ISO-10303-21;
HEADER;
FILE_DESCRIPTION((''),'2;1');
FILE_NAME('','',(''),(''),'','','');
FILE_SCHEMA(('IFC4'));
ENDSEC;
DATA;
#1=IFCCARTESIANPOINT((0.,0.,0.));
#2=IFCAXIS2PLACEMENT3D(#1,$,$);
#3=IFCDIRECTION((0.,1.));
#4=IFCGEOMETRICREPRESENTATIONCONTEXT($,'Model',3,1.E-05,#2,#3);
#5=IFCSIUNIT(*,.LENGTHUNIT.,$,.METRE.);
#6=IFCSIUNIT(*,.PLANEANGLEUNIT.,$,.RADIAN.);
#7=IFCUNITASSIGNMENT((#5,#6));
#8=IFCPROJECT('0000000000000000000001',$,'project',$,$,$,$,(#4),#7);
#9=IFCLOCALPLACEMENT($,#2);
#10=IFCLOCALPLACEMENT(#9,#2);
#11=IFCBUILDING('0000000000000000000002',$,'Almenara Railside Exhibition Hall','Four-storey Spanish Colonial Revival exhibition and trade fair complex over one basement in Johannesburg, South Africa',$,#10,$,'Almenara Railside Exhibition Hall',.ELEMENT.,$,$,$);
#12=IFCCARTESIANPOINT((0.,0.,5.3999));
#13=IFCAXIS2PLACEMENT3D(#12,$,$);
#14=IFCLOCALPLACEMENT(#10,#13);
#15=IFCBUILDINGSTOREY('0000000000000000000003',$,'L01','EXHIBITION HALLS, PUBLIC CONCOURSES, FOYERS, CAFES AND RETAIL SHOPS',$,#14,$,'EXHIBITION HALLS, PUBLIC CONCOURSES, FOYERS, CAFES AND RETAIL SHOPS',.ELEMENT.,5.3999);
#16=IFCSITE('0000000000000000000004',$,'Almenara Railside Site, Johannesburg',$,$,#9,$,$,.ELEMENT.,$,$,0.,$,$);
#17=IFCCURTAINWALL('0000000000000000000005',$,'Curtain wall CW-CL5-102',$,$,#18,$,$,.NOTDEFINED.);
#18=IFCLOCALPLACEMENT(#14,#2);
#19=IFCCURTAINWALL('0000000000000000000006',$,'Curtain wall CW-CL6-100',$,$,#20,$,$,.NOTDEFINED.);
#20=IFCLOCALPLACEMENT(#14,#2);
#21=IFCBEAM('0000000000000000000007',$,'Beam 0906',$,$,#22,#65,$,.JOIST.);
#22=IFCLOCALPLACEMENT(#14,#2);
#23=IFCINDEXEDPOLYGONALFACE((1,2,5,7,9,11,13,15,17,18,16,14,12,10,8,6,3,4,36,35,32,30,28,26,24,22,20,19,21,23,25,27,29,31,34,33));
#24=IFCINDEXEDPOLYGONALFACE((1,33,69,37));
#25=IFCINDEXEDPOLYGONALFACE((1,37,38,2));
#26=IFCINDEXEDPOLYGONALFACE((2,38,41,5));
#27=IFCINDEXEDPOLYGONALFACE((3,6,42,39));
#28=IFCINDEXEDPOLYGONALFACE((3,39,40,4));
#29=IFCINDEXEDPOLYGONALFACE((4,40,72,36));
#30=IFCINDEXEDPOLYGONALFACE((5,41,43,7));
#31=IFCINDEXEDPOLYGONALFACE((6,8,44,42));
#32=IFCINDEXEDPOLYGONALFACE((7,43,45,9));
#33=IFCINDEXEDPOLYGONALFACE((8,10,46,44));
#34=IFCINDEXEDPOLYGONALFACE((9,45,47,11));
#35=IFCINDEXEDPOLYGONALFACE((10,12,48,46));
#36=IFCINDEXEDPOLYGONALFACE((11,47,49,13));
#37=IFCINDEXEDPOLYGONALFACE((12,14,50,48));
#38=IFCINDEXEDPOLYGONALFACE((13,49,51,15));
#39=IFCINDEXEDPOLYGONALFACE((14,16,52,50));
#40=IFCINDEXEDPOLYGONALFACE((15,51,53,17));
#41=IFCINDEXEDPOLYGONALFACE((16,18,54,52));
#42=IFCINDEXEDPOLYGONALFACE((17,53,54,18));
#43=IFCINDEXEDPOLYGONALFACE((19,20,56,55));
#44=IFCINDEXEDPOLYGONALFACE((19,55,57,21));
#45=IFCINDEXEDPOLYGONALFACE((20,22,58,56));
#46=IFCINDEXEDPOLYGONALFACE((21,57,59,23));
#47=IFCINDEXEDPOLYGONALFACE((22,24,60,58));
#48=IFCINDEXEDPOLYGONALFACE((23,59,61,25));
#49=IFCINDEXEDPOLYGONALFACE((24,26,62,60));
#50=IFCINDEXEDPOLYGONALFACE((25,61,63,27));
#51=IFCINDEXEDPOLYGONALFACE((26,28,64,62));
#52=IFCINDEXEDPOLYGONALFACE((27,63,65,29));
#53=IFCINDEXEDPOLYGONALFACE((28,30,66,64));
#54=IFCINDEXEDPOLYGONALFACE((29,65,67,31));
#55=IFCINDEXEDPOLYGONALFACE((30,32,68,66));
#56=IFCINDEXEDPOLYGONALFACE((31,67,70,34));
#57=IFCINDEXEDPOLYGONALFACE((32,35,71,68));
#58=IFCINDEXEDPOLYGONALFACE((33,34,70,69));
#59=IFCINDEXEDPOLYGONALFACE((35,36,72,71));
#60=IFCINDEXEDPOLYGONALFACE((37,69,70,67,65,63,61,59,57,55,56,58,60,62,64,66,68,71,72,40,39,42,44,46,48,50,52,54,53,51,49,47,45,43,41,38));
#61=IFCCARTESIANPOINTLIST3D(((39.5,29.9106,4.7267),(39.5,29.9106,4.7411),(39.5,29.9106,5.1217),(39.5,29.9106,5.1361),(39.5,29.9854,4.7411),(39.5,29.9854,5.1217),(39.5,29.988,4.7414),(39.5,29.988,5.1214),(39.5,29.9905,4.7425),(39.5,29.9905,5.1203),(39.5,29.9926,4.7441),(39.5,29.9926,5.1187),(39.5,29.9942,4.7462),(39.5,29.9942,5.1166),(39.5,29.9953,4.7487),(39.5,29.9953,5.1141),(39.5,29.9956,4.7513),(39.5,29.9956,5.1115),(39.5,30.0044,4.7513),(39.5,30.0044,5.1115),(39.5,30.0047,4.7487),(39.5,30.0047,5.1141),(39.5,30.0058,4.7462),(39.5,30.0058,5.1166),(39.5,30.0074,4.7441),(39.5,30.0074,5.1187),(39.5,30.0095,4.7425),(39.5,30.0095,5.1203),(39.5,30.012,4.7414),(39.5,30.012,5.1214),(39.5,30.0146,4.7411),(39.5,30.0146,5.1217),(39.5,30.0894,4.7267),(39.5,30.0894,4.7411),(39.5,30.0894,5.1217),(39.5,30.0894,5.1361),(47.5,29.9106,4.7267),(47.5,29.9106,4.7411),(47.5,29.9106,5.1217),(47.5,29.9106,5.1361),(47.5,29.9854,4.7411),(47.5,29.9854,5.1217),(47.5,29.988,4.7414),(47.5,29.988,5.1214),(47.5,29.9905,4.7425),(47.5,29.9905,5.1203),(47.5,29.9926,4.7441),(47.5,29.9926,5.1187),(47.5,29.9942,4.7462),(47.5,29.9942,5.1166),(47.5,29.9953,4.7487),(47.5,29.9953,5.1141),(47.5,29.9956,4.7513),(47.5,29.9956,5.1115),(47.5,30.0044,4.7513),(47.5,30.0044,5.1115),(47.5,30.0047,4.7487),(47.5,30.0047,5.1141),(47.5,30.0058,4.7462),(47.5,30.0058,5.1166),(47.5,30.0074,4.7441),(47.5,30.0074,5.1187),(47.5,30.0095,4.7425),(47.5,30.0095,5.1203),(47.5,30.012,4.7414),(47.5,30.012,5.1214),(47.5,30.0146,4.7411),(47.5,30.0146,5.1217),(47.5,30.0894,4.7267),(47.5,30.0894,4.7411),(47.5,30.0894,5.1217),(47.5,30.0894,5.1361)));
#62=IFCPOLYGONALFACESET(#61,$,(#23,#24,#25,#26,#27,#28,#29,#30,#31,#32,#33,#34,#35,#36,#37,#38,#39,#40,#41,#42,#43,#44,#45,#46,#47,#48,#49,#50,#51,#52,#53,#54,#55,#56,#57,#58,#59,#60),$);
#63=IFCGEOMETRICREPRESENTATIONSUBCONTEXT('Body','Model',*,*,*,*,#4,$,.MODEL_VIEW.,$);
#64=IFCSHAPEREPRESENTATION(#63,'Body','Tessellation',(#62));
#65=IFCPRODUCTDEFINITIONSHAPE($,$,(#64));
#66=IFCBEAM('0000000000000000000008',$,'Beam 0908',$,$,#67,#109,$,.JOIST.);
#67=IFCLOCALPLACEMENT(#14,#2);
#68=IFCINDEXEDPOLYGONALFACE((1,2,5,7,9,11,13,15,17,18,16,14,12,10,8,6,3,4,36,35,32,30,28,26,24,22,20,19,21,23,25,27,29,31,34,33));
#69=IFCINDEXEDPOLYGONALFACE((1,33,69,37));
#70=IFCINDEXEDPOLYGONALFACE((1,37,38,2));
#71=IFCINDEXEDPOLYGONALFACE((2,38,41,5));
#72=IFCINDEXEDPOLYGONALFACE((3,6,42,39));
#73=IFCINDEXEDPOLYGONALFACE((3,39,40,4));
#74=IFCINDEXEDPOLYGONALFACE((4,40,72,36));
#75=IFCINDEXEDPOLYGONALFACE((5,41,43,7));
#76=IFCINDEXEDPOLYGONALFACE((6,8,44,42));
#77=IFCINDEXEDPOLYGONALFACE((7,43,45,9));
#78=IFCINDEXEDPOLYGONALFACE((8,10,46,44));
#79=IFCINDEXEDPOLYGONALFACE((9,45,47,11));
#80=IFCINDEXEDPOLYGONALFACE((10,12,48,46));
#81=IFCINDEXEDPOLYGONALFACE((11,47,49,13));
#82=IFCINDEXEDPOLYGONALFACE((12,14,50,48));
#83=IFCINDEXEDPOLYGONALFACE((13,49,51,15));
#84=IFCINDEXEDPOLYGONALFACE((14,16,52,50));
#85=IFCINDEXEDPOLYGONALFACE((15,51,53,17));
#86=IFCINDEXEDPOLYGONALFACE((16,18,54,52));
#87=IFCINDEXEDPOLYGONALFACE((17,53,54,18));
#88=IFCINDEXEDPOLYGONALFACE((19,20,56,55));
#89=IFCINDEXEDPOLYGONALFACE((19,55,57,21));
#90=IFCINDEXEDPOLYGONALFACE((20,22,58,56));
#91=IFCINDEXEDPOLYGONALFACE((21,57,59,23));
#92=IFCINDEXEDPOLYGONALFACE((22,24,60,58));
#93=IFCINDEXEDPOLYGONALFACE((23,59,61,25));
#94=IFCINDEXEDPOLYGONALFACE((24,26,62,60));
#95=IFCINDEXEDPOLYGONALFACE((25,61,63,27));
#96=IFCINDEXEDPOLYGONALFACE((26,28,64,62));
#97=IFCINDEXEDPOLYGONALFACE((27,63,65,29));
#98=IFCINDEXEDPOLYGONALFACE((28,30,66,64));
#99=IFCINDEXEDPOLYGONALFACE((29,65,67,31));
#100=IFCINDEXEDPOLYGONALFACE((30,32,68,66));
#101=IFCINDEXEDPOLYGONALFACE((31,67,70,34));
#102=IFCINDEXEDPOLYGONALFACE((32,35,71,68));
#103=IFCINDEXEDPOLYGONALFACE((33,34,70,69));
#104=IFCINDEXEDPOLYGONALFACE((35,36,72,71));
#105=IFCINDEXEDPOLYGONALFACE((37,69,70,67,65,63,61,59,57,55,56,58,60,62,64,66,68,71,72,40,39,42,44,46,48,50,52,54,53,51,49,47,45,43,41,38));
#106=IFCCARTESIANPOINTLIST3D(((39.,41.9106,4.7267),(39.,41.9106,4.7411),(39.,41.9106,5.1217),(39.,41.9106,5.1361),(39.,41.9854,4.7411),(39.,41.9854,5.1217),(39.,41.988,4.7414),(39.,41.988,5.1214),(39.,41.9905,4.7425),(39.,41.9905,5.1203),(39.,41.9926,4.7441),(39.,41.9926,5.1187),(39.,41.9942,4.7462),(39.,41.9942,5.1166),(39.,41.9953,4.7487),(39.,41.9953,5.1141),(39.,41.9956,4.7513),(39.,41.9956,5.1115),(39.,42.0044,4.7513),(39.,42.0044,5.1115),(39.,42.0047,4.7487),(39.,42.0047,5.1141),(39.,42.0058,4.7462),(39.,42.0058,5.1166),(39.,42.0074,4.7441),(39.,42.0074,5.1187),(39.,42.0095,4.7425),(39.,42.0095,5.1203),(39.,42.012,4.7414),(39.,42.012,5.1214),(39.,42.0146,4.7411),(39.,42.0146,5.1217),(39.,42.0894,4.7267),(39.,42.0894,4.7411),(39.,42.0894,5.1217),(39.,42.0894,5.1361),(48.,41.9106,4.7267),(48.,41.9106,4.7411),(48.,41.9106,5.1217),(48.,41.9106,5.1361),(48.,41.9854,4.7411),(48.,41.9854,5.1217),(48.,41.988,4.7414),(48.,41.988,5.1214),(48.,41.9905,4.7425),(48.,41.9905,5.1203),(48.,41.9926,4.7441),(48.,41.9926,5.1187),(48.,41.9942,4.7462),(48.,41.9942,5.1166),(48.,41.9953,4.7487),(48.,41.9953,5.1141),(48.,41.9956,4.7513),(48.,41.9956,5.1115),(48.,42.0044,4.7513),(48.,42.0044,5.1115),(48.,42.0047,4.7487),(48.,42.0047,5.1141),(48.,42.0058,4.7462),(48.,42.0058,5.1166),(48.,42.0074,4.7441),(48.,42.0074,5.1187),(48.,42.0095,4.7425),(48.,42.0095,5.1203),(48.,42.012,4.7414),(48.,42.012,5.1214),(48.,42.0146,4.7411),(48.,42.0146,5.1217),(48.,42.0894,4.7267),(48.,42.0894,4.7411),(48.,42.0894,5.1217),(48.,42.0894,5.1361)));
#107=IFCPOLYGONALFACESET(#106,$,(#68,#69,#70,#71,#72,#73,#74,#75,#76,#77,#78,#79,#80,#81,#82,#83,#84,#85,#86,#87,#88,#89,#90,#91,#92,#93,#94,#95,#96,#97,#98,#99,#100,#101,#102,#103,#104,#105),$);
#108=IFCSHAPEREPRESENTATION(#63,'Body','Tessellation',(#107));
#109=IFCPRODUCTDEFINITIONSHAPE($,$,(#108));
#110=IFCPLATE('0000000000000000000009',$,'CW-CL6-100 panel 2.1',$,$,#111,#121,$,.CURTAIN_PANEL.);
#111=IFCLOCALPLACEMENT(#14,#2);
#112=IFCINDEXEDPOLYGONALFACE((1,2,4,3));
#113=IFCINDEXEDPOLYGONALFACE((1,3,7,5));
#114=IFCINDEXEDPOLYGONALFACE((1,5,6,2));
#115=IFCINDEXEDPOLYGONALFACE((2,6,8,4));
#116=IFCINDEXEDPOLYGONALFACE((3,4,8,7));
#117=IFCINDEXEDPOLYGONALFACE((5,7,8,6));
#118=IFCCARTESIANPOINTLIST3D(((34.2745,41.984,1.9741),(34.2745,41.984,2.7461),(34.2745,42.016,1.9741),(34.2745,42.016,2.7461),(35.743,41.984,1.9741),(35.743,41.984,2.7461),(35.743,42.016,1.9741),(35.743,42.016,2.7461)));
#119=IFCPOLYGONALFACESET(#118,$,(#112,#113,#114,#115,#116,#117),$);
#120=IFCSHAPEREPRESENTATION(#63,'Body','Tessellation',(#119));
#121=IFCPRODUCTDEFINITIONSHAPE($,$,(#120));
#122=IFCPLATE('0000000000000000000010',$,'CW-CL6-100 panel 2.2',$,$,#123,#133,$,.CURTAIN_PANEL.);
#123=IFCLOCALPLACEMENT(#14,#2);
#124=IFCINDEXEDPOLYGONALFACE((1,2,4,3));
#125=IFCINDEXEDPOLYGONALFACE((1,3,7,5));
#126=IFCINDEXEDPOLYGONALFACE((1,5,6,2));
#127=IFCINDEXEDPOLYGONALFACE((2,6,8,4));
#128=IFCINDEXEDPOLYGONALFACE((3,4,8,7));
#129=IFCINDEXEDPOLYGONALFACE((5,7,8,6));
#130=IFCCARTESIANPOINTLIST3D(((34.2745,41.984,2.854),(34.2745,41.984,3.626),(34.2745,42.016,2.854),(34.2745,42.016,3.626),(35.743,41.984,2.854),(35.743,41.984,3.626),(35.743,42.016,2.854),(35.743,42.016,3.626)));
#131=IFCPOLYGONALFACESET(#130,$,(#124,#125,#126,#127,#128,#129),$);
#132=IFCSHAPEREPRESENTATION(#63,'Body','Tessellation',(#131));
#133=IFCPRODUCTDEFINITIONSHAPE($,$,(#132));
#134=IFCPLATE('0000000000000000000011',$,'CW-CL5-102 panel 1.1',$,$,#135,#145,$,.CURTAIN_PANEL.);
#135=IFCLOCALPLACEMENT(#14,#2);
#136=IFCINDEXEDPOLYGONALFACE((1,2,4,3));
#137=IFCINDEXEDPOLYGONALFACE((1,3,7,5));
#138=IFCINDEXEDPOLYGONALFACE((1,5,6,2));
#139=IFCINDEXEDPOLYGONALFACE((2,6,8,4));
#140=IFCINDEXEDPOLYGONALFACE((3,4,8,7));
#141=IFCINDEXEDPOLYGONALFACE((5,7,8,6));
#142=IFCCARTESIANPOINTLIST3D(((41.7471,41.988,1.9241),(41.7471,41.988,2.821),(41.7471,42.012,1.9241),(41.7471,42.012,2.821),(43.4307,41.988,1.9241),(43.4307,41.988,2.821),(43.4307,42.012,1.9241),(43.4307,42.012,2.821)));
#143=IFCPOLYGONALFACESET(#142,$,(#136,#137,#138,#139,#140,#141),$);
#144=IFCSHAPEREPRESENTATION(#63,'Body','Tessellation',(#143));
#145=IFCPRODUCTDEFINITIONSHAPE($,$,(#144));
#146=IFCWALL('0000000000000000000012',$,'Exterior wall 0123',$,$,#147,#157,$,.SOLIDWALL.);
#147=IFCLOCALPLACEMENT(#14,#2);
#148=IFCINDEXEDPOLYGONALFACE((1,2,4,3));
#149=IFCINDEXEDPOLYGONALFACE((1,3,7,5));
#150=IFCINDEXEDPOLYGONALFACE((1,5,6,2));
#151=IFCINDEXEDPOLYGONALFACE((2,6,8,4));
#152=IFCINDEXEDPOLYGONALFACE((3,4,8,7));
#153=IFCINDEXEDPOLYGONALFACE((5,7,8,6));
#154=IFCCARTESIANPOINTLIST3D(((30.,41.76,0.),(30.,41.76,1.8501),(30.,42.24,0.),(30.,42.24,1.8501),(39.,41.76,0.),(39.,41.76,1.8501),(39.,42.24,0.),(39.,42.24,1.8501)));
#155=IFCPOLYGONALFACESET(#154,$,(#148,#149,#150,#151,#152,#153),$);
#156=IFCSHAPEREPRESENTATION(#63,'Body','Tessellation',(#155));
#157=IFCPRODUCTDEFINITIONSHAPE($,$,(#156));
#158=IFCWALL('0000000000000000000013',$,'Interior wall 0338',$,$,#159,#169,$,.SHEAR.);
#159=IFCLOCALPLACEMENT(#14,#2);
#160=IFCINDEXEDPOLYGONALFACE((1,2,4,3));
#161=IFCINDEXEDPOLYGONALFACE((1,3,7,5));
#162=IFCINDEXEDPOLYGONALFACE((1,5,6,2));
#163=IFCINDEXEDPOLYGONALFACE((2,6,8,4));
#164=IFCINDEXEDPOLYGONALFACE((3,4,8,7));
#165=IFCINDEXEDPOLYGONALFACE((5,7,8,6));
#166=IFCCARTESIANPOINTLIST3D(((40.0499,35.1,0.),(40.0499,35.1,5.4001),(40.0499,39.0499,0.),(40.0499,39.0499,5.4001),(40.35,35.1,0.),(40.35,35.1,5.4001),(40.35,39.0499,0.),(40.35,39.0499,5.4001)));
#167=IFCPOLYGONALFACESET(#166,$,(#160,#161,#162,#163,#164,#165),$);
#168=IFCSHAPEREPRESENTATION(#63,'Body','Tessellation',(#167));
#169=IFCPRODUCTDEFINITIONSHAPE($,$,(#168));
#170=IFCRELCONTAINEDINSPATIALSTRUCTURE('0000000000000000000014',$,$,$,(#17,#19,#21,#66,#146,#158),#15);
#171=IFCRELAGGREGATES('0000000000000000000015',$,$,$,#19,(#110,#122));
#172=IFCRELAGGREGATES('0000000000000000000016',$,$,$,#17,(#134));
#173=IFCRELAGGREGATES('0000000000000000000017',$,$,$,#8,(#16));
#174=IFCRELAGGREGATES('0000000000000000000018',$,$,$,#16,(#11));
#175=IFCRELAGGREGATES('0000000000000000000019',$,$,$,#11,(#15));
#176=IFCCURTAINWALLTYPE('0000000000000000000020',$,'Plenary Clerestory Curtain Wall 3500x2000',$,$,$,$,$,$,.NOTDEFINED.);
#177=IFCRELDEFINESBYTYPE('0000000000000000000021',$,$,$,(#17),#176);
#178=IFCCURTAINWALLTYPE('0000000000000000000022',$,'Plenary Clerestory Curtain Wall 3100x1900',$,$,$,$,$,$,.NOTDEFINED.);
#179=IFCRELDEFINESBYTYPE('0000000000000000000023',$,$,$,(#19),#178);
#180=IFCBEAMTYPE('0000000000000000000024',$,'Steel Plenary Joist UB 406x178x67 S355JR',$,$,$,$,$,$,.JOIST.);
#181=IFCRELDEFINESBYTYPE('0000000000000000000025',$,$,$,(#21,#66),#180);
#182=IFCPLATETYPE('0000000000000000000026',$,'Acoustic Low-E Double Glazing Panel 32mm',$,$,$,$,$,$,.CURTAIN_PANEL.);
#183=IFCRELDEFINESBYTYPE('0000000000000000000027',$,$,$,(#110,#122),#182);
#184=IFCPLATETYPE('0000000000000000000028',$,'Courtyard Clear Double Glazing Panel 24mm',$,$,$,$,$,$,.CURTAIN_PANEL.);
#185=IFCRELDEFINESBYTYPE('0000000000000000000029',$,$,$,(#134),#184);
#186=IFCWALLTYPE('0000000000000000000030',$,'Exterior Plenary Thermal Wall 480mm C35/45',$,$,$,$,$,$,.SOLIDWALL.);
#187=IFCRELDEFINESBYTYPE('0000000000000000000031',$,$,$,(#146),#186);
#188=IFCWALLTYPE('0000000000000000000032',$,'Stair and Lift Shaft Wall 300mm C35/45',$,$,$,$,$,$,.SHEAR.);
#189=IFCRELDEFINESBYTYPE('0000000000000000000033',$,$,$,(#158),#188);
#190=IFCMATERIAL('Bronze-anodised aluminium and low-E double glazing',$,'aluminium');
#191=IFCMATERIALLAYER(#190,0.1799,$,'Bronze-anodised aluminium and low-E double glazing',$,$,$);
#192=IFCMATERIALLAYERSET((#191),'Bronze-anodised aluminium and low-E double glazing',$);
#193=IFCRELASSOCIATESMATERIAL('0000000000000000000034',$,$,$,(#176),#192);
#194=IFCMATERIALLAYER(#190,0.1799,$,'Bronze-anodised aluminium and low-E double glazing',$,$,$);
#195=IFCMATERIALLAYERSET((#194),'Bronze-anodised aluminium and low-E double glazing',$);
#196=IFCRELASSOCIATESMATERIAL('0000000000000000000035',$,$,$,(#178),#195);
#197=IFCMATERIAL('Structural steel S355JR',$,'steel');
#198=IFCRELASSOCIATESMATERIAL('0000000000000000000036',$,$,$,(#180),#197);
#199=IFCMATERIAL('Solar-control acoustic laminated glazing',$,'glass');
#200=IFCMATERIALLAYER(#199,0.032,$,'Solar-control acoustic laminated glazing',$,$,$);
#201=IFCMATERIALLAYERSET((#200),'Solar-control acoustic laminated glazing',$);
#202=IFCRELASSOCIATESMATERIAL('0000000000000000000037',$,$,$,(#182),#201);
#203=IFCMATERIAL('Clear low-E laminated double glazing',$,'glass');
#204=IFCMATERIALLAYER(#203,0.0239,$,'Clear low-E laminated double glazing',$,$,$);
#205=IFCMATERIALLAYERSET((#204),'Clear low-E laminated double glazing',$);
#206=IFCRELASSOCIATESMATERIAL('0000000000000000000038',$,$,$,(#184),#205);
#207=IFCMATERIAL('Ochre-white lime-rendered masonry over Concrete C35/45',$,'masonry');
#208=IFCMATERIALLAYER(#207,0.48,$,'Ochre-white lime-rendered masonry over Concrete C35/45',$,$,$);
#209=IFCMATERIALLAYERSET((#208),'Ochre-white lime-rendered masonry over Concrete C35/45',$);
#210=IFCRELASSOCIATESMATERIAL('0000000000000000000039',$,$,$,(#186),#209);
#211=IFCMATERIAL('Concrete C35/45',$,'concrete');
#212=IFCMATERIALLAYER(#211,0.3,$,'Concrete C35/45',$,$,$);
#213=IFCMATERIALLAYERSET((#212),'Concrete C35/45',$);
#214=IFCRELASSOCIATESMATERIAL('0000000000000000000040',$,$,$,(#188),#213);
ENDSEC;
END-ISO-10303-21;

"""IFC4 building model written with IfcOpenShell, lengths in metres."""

from ifc_helpers import new_model, si_unit, direction, frame, frame_2d, origin, origin_2d, place, context, subcontext, project, spatial, rectangle, i_section, extrude, material, layer, layer_set, material_profile, profile_set, type_object, element, aggregate, save


model = new_model("IFC4")

# Units and contexts
model_context = context("Model", 3, precision=1e-05, world=origin(), true_north=direction((0.0, 1.0)))
body_context = subcontext(model_context, "Body", "Model", "MODEL_VIEW")
ifc_project = project(units=[si_unit("LENGTHUNIT", "METRE"), si_unit("PLANEANGLEUNIT", "RADIAN")], contexts=[model_context])

# Site, building, storey
site_placement = place(None, origin())
site = spatial("IfcSite", under=ifc_project, at=site_placement, Name="Almenara Railside Site, Johannesburg", CompositionType="ELEMENT", RefElevation=0.0)
building_placement = place(site_placement, origin())
building = spatial("IfcBuilding", under=site, at=building_placement, Name="Almenara Railside Exhibition Hall", Description="Four-storey Spanish Colonial Revival exhibition and trade fair complex over one basement in Johannesburg, South Africa", LongName="Almenara Railside Exhibition Hall", CompositionType="ELEMENT")
storey_placement = place(building_placement, frame((0.0, 0.0, 5.3999)))
storey = spatial("IfcBuildingStorey", under=building, at=storey_placement, Name="L01", Description="EXHIBITION HALLS, PUBLIC CONCOURSES, FOYERS, CAFES AND RETAIL SHOPS", LongName="EXHIBITION HALLS, PUBLIC CONCOURSES, FOYERS, CAFES AND RETAIL SHOPS", CompositionType="ELEMENT", Elevation=5.3999)

# Shared definitions
ifc_material_1 = material(Name="Concrete C35/45", Category="concrete")

# Curtain walls
ifc_material_2 = material(Name="Bronze-anodised aluminium and low-E double glazing", Category="aluminium")
ifc_layer_1 = layer(ifc_material_2, 0.1799, Name="Bronze-anodised aluminium and low-E double glazing")
ifc_layer_set_1 = layer_set([ifc_layer_1], Name="Bronze-anodised aluminium and low-E double glazing")
curtain_wall_type_1 = type_object("IfcCurtainWallType", Name="Plenary Clerestory Curtain Wall 3500x2000", PredefinedType="NOTDEFINED", material=ifc_layer_set_1)
curtain_wall_1_placement = place(storey_placement, origin())
curtain_wall_1 = element("IfcCurtainWall", 1, at=curtain_wall_1_placement, inside=storey, type_object=curtain_wall_type_1, Name="Curtain wall CW-CL5-102", PredefinedType="NOTDEFINED")
ifc_layer_2 = layer(ifc_material_2, 0.1799, Name="Bronze-anodised aluminium and low-E double glazing")
ifc_layer_set_2 = layer_set([ifc_layer_2], Name="Bronze-anodised aluminium and low-E double glazing")
curtain_wall_type_2 = type_object("IfcCurtainWallType", Name="Plenary Clerestory Curtain Wall 3100x1900", PredefinedType="NOTDEFINED", material=ifc_layer_set_2)
curtain_wall_2_placement = place(storey_placement, origin())
curtain_wall_2 = element("IfcCurtainWall", 2, at=curtain_wall_2_placement, inside=storey, type_object=curtain_wall_type_2, Name="Curtain wall CW-CL6-100", PredefinedType="NOTDEFINED")

# Beams
ifc_material_3 = material(Name="Structural steel S355JR", Category="steel")
ifc_material_profile_1 = material_profile(ifc_material_3, i_section(OverallWidth=0.1787, OverallDepth=0.4094, WebThickness=0.0088, FlangeThickness=0.0144, FilletRadius=0.0103, at=origin_2d()), Name="UB 406x178x67")
ifc_profile_set_1 = profile_set([ifc_material_profile_1], Name="Structural steel S355JR")
beam_type_1 = type_object("IfcBeamType", Name="Steel Plenary Joist UB 406x178x67 S355JR", PredefinedType="JOIST", material=ifc_profile_set_1)
beam_1_placement = place(storey_placement, frame((39.5, 30.0, 4.9314), z_axis=(1.0, 0.0, 0.0), x_axis=(0.0, 1.0, 0.0)))
element("IfcBeam", 3, at=beam_1_placement, inside=storey, type_object=beam_type_1, Name="Beam 0906", PredefinedType="JOIST", context=body_context, shape_type="SweptSolid", body=[
    extrude(i_section(OverallWidth=0.1787, OverallDepth=0.4094, WebThickness=0.0088, FlangeThickness=0.0144, FilletRadius=0.0103, at=origin_2d()), origin(), (0.0, 0.0, 1.0), 8.0),
])
beam_2_placement = place(storey_placement, frame((39.0, 42.0, 4.9314), z_axis=(1.0, 0.0, 0.0), x_axis=(0.0, 1.0, 0.0)))
element("IfcBeam", 4, at=beam_2_placement, inside=storey, type_object=beam_type_1, Name="Beam 0908", PredefinedType="JOIST", context=body_context, shape_type="SweptSolid", body=[
    extrude(i_section(OverallWidth=0.1787, OverallDepth=0.4094, WebThickness=0.0088, FlangeThickness=0.0144, FilletRadius=0.0103, at=origin_2d()), origin(), (0.0, 0.0, 1.0), 9.0),
])

# Plates
ifc_material_4 = material(Name="Solar-control acoustic laminated glazing", Category="glass")
ifc_layer_3 = layer(ifc_material_4, 0.032, Name="Solar-control acoustic laminated glazing")
ifc_layer_set_3 = layer_set([ifc_layer_3], Name="Solar-control acoustic laminated glazing")
plate_type_1 = type_object("IfcPlateType", Name="Acoustic Low-E Double Glazing Panel 32mm", PredefinedType="CURTAIN_PANEL", material=ifc_layer_set_3)
plate_1_placement = place(storey_placement, frame((35.0088, 42.0, 1.9741), z_axis=(0.0, 0.0, 1.0), x_axis=(1.0, 0.0, 0.0)))
plate_1 = element("IfcPlate", 5, at=plate_1_placement, type_object=plate_type_1, Name="CW-CL6-100 panel 2.1", PredefinedType="CURTAIN_PANEL", context=body_context, shape_type="SweptSolid", body=[
    extrude(rectangle(XDim=1.4685, YDim=0.032, at=origin_2d()), origin(), (0.0, 0.0, 1.0), 0.772),
])
plate_2_placement = place(storey_placement, frame((35.0088, 42.0, 2.854), z_axis=(0.0, 0.0, 1.0), x_axis=(1.0, 0.0, 0.0)))
plate_2 = element("IfcPlate", 6, at=plate_2_placement, type_object=plate_type_1, Name="CW-CL6-100 panel 2.2", PredefinedType="CURTAIN_PANEL", context=body_context, shape_type="SweptSolid", body=[
    extrude(rectangle(XDim=1.4685, YDim=0.032, at=origin_2d()), origin(), (0.0, 0.0, 1.0), 0.772),
])
aggregate(curtain_wall_2, [plate_1, plate_2])
ifc_material_5 = material(Name="Clear low-E laminated double glazing", Category="glass")
ifc_layer_4 = layer(ifc_material_5, 0.0239, Name="Clear low-E laminated double glazing")
ifc_layer_set_4 = layer_set([ifc_layer_4], Name="Clear low-E laminated double glazing")
plate_type_2 = type_object("IfcPlateType", Name="Courtyard Clear Double Glazing Panel 24mm", PredefinedType="CURTAIN_PANEL", material=ifc_layer_set_4)
plate_3_placement = place(storey_placement, frame((42.5889, 42.0, 1.9241), z_axis=(0.0, 0.0, 1.0), x_axis=(1.0, 0.0, 0.0)))
plate_3 = element("IfcPlate", 7, at=plate_3_placement, type_object=plate_type_2, Name="CW-CL5-102 panel 1.1", PredefinedType="CURTAIN_PANEL", context=body_context, shape_type="SweptSolid", body=[
    extrude(rectangle(XDim=1.6836, YDim=0.0239, at=origin_2d()), origin(), (0.0, 0.0, 1.0), 0.897),
])
aggregate(curtain_wall_1, [plate_3])

# Wall
ifc_material_6 = material(Name="Ochre-white lime-rendered masonry over Concrete C35/45", Category="masonry")
ifc_layer_5 = layer(ifc_material_6, 0.48, Name="Ochre-white lime-rendered masonry over Concrete C35/45")
ifc_layer_set_5 = layer_set([ifc_layer_5], Name="Ochre-white lime-rendered masonry over Concrete C35/45")
wall_type_1 = type_object("IfcWallType", Name="Exterior Plenary Thermal Wall 480mm C35/45", PredefinedType="SOLIDWALL", material=ifc_layer_set_5)
wall_1_placement = place(storey_placement, frame((39.0, 42.0, 0.0), z_axis=(0.0, 0.0, 1.0), x_axis=(-1.0, 0.0, 0.0)))
element("IfcWall", 8, at=wall_1_placement, inside=storey, type_object=wall_type_1, Name="Exterior wall 0123", PredefinedType="SOLIDWALL", context=body_context, shape_type="SweptSolid", body=[
    extrude(rectangle(XDim=9.0, YDim=0.48, at=frame_2d((4.5, 0.0))), origin(), (0.0, 0.0, 1.0), 1.8501),
])

# Shared definitions
ifc_layer_6 = layer(ifc_material_1, 0.3, Name="Concrete C35/45")
ifc_layer_set_6 = layer_set([ifc_layer_6], Name="Concrete C35/45")
wall_type_2 = type_object("IfcWallType", Name="Stair and Lift Shaft Wall 300mm C35/45", PredefinedType="SHEAR", material=ifc_layer_set_6)

# Wall
wall_2_placement = place(storey_placement, frame((40.2, 39.05, 0.0), z_axis=(0.0, 0.0, 1.0), x_axis=(0.0, -1.0, 0.0)))
element("IfcWall", 9, at=wall_2_placement, inside=storey, type_object=wall_type_2, Name="Interior wall 0338", PredefinedType="SHEAR", context=body_context, shape_type="SweptSolid", body=[
    extrude(rectangle(XDim=3.95, YDim=0.3, at=frame_2d((1.9751, 0.0))), origin(), (0.0, 0.0, 1.0), 5.4001),
])

save(model, "model.ifc")
